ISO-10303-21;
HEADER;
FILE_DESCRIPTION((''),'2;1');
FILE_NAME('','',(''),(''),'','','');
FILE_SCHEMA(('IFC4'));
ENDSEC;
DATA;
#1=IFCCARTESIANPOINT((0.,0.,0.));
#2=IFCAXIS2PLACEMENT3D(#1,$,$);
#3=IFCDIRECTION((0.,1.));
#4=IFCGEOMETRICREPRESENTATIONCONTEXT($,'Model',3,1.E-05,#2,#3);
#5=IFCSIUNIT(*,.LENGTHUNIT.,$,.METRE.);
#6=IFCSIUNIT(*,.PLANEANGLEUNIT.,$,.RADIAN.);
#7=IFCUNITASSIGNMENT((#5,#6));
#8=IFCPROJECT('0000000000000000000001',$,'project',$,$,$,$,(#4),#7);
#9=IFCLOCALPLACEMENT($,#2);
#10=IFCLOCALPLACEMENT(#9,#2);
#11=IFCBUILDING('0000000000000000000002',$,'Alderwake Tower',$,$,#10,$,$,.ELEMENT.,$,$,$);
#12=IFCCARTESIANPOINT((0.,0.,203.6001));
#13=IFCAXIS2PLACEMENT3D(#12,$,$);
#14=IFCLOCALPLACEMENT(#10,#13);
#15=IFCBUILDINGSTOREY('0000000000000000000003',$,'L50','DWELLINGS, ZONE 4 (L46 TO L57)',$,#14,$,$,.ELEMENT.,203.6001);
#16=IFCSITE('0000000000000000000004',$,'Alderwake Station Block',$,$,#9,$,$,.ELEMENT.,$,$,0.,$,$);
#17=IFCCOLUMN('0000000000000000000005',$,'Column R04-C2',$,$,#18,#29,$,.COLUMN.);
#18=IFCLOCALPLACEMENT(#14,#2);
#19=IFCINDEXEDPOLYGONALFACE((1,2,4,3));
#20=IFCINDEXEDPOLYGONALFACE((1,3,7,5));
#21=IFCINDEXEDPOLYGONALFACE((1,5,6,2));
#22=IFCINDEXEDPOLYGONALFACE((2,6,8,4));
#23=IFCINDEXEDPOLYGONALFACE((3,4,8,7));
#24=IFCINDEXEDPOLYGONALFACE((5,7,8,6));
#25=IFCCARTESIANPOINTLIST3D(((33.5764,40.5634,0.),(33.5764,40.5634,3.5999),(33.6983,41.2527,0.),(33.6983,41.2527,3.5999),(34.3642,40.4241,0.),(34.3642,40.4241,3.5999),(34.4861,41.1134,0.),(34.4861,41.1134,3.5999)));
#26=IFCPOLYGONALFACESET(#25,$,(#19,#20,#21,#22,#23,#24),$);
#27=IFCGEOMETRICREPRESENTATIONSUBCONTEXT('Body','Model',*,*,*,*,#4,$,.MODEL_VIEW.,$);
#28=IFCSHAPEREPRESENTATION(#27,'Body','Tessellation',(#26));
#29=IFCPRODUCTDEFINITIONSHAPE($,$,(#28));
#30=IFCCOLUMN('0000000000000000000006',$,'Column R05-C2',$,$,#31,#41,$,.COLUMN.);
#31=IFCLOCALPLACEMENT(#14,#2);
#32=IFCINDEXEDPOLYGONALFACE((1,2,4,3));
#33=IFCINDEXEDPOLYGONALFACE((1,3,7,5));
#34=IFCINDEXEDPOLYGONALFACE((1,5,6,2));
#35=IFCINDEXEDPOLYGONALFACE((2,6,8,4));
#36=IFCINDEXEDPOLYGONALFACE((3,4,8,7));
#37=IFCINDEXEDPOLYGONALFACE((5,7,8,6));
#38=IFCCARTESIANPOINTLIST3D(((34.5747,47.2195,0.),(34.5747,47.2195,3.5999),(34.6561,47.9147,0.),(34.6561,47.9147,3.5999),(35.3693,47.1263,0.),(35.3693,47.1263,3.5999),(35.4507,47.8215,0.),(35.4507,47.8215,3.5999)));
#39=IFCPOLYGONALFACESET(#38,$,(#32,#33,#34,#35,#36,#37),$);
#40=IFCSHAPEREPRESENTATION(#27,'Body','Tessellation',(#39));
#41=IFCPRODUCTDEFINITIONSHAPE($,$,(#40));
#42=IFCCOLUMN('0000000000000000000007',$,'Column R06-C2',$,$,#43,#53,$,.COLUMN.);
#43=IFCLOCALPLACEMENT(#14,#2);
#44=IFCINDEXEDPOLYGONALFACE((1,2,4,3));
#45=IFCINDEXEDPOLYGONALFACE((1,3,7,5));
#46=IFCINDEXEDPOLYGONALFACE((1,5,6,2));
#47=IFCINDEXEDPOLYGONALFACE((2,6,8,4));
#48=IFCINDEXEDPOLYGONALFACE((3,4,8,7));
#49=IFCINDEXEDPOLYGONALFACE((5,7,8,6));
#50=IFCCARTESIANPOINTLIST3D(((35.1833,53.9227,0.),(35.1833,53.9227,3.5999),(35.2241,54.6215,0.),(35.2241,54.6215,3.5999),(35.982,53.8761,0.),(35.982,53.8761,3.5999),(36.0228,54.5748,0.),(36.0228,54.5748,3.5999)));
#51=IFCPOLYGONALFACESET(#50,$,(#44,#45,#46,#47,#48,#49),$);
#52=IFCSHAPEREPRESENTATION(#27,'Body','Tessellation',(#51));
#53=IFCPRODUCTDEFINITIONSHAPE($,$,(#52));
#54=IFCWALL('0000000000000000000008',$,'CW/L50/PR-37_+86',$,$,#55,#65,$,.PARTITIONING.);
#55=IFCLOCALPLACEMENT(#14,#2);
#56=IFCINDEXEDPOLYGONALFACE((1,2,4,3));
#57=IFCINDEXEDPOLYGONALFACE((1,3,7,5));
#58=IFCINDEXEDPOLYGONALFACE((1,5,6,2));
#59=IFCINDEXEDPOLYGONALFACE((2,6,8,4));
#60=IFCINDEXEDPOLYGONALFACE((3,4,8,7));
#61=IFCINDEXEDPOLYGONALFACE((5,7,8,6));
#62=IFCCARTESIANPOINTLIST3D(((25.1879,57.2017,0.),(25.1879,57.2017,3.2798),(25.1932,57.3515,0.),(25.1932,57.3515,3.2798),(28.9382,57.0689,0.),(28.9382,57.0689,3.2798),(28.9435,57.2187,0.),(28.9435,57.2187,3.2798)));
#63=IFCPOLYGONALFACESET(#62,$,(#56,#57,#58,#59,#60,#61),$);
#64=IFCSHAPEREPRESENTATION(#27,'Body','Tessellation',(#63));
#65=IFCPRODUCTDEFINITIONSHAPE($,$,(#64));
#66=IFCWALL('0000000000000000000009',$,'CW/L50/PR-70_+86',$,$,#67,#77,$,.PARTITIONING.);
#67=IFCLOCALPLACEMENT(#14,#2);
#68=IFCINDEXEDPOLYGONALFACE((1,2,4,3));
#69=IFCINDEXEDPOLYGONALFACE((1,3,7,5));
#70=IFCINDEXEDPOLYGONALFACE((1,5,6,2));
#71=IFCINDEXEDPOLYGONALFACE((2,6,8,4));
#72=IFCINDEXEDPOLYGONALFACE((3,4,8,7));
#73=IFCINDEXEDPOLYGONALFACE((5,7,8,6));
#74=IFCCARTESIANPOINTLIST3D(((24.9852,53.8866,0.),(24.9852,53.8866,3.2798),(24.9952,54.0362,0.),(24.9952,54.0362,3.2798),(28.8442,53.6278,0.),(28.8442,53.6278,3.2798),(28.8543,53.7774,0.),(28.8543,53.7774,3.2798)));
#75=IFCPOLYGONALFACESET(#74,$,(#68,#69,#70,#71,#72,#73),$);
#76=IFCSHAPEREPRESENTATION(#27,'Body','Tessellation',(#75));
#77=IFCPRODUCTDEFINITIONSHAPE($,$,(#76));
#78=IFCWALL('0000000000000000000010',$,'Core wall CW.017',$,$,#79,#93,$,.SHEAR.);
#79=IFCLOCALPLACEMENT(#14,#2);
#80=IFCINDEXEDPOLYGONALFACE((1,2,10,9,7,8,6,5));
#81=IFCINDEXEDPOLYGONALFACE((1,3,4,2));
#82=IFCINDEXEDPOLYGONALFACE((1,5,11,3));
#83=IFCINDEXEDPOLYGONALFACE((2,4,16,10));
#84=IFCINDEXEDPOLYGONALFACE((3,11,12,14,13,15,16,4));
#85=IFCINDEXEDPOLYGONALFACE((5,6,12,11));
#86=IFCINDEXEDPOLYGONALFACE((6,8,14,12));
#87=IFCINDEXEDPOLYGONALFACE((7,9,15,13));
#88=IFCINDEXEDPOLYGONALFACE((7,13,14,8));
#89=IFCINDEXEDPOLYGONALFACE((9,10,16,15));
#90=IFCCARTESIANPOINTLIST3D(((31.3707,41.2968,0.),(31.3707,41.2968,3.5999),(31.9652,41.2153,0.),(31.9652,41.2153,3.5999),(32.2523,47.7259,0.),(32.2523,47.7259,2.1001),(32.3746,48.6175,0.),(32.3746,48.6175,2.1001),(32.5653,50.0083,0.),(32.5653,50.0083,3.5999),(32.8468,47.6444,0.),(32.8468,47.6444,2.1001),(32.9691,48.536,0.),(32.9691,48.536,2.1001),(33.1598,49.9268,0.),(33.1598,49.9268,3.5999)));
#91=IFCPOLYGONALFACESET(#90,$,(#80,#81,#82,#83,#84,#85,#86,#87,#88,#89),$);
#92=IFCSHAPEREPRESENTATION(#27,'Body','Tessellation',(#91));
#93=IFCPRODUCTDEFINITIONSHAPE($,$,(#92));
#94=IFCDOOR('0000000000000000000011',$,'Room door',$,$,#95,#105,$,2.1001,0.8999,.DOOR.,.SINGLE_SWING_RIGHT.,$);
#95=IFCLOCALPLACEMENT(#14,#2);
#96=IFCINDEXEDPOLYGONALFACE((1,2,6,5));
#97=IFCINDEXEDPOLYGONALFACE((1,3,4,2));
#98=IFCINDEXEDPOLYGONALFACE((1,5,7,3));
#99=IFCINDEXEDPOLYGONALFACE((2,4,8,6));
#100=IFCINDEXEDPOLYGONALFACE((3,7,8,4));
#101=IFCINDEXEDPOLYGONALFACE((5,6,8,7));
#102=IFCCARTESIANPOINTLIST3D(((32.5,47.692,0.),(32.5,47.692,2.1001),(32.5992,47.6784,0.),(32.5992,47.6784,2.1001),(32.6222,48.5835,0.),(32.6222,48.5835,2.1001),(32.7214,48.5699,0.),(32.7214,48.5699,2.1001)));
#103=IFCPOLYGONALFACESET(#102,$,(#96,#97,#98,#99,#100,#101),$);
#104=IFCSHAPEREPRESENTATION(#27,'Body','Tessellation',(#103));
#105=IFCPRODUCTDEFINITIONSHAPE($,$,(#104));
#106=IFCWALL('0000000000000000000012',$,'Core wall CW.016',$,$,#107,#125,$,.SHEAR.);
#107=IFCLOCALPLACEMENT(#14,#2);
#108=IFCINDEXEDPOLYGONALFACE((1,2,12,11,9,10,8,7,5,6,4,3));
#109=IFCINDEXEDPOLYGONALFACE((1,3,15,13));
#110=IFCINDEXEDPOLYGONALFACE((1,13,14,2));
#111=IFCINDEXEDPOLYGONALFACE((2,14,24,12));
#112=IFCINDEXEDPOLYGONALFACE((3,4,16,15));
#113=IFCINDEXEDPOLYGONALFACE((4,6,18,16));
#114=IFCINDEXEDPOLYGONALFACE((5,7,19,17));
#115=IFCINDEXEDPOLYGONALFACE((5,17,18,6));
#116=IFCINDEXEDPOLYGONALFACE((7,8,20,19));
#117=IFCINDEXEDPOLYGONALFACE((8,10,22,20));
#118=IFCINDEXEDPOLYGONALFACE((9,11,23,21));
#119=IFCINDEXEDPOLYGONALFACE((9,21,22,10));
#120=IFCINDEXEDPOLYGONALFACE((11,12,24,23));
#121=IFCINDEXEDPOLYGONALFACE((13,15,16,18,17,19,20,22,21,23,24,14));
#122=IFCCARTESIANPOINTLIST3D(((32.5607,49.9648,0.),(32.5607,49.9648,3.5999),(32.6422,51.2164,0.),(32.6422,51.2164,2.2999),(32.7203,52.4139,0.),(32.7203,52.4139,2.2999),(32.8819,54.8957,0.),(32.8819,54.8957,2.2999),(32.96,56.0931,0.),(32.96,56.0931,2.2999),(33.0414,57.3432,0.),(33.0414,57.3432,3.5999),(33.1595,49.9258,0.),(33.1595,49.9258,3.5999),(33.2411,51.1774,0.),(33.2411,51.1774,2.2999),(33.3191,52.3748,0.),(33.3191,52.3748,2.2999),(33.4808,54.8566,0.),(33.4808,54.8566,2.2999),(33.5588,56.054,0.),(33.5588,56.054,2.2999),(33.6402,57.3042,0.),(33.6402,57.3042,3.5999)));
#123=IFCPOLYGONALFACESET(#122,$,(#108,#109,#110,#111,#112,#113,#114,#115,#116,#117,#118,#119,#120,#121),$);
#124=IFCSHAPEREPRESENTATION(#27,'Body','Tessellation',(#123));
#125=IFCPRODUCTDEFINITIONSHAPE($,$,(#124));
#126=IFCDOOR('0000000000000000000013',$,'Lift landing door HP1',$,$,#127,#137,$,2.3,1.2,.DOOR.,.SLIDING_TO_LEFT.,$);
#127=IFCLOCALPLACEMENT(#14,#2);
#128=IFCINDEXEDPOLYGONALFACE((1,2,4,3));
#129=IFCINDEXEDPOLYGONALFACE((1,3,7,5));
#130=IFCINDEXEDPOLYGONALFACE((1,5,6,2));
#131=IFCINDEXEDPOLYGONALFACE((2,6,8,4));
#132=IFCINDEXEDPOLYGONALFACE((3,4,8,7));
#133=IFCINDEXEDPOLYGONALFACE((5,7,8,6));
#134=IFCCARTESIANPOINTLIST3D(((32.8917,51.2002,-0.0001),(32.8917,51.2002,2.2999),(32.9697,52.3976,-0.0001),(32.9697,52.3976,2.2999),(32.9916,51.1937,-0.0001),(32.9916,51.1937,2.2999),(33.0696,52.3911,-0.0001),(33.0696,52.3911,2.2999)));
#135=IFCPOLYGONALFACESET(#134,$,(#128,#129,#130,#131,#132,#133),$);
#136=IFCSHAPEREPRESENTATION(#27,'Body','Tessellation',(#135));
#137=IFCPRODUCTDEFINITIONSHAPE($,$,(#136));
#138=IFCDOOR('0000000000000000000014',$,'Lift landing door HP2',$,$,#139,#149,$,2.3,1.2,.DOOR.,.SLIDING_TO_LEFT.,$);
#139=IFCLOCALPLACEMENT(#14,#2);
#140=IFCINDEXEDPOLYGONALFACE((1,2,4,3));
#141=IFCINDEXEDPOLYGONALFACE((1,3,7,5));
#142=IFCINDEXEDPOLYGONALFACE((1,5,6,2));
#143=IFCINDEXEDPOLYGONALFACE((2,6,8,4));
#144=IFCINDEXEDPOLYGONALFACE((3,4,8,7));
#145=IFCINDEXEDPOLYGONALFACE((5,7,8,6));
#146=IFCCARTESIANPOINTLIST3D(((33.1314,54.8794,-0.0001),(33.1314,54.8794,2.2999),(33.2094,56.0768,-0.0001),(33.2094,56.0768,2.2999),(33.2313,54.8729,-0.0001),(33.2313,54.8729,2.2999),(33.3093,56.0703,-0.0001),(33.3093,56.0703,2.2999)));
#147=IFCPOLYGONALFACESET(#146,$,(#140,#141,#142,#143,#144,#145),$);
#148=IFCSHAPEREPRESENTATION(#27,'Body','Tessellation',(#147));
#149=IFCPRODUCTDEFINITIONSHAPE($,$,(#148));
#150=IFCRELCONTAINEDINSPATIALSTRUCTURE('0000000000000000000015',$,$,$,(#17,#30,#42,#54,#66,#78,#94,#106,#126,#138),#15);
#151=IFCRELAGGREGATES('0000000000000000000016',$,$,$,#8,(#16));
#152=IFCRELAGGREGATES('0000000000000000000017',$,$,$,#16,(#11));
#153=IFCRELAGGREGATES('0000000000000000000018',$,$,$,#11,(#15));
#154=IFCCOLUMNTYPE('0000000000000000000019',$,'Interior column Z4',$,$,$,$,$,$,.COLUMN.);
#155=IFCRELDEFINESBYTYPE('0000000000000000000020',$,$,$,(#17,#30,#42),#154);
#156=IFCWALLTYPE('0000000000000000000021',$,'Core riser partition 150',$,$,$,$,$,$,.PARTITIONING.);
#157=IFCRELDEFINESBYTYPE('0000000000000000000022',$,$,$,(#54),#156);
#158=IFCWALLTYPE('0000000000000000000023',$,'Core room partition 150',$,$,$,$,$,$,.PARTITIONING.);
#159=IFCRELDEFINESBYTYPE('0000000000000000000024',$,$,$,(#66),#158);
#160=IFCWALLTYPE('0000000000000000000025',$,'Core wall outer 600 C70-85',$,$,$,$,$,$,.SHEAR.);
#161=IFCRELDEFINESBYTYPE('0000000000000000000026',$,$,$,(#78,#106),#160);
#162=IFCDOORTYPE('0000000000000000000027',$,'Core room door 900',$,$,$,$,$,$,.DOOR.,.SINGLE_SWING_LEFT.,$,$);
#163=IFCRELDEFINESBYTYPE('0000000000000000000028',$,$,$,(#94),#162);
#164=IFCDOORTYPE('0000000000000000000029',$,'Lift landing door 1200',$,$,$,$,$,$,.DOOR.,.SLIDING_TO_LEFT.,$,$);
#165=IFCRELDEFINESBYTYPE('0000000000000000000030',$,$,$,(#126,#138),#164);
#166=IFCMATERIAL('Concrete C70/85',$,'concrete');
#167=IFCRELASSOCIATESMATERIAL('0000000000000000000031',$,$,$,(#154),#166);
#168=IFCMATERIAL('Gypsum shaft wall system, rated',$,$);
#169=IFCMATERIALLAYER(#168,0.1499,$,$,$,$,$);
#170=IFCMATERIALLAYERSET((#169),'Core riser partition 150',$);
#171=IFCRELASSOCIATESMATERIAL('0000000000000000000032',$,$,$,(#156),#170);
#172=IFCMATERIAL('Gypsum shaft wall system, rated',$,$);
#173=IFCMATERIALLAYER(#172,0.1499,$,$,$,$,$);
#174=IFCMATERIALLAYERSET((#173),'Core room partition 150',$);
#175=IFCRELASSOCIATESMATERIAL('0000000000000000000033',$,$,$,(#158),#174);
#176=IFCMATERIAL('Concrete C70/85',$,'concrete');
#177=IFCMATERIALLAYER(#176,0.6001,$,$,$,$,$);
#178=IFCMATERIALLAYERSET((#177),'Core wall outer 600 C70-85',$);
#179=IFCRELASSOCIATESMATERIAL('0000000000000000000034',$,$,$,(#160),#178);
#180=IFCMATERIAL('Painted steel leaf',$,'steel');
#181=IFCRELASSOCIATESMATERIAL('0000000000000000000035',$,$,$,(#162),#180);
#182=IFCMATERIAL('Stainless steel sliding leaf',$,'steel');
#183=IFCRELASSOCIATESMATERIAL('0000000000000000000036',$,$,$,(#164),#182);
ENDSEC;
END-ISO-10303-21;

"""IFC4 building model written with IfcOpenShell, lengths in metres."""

from ifc_helpers import new_model, si_unit, direction, frame, frame_2d, origin, origin_2d, place, context, subcontext, project, spatial, rectangle, extrude, material, layer, layer_set, material_profile, profile_set, type_object, element, fill, save


model = new_model("IFC4")

# Units and contexts
model_context = context("Model", 3, precision=1e-05, world=origin(), true_north=direction((0.0, 1.0)))
body_context = subcontext(model_context, "Body", "Model", "MODEL_VIEW")
ifc_project = project(units=[si_unit("LENGTHUNIT", "METRE"), si_unit("PLANEANGLEUNIT", "RADIAN")], contexts=[model_context])

# Site, building, storey
site_placement = place(None, origin())
site = spatial("IfcSite", under=ifc_project, at=site_placement, Name="Alderwake Station Block", CompositionType="ELEMENT", RefElevation=0.0)
building_placement = place(site_placement, origin())
building = spatial("IfcBuilding", under=site, at=building_placement, Name="Alderwake Tower", CompositionType="ELEMENT")
storey_placement = place(building_placement, frame((0.0, 0.0, 203.6001)))
storey = spatial("IfcBuildingStorey", under=building, at=storey_placement, Name="L50", Description="DWELLINGS, ZONE 4 (L46 TO L57)", CompositionType="ELEMENT", Elevation=203.6001)

# Columns
ifc_material_1 = material(Name="Concrete C70/85", Category="concrete")
ifc_material_profile = material_profile(ifc_material_1, rectangle(XDim=0.7, YDim=0.8, at=origin_2d()), Name="RC 800X700")
ifc_profile_set = profile_set([ifc_material_profile], Name="Concrete C70/85")
column_type = type_object("IfcColumnType", Name="Interior column Z4", PredefinedType="COLUMN", material=ifc_profile_set)
for number, where, z_axis, x_axis, name in (
    (1, (34.0312, 40.8384, 0.0), (0.0, 0.0, 1.0), (0.174109, 0.984726, 0.0), "Column R04-C2"),
    (2, (35.0127, 47.5205, 0.0), (0.0, 0.0, 1.0), (0.116402, 0.993202, 0.0), "Column R05-C2"),
    (3, (35.603, 54.2488, 0.0), (0.0, 0.0, 1.0), (0.058301, 0.998299, 0.0), "Column R06-C2"),
):
    element("IfcColumn", number, at=place(storey_placement, frame(where, z_axis=z_axis, x_axis=x_axis)), inside=storey, type_object=column_type, Name=name, PredefinedType="COLUMN", context=body_context, shape_type="SweptSolid", body=[
        extrude(rectangle(XDim=0.7, YDim=0.8, at=origin_2d()), origin(), (0.0, 0.0, 1.0), 3.5999),
    ])

# Walls
ifc_material_2 = material(Name="Gypsum shaft wall system, rated")
ifc_layer_1 = layer(ifc_material_2, 0.1499)
ifc_layer_set_1 = layer_set([ifc_layer_1], Name="Core riser partition 150")
wall_type_1 = type_object("IfcWallType", Name="Core riser partition 150", PredefinedType="PARTITIONING", material=ifc_layer_set_1)
wall_1_placement = place(storey_placement, frame((25.1904, 57.2766, 0.0), z_axis=(0.0, 0.0, 1.0), x_axis=(0.999374, -0.035392, 0.0)))
element("IfcWall", 4, at=wall_1_placement, inside=storey, type_object=wall_type_1, Name="CW/L50/PR-37_+86", PredefinedType="PARTITIONING", context=body_context, shape_type="SweptSolid", body=[
    extrude(rectangle(XDim=3.7527, YDim=0.1499, at=frame_2d((1.8765, 0.0))), origin(), (0.0, 0.0, 1.0), 3.2798),
])
ifc_material_3 = material(Name="Gypsum shaft wall system, rated")
ifc_layer_2 = layer(ifc_material_3, 0.1499)
ifc_layer_set_2 = layer_set([ifc_layer_2], Name="Core room partition 150")
wall_type_2 = type_object("IfcWallType", Name="Core room partition 150", PredefinedType="PARTITIONING", material=ifc_layer_set_2)
wall_2_placement = place(storey_placement, frame((24.9902, 53.9614, 0.0), z_axis=(0.0, 0.0, 1.0), x_axis=(0.997759, -0.066913, 0.0)))
element("IfcWall", 5, at=wall_2_placement, inside=storey, type_object=wall_type_2, Name="CW/L50/PR-70_+86", PredefinedType="PARTITIONING", context=body_context, shape_type="SweptSolid", body=[
    extrude(rectangle(XDim=3.8677, YDim=0.1499, at=frame_2d((1.9338, 0.0))), origin(), (0.0, 0.0, 1.0), 3.2798),
])

# Wall, opening, door
ifc_material_4 = material(Name="Concrete C70/85", Category="concrete")
ifc_layer_3 = layer(ifc_material_4, 0.6001)
ifc_layer_set_3 = layer_set([ifc_layer_3], Name="Core wall outer 600 C70-85")
wall_type_3 = type_object("IfcWallType", Name="Core wall outer 600 C70-85", PredefinedType="SHEAR", material=ifc_layer_set_3)
wall_3_placement = place(storey_placement, frame((32.8625, 49.9675, 0.0), z_axis=(0.0, 0.0, 1.0), x_axis=(-0.135857, -0.990729, 0.0)))
wall_3 = element("IfcWall", 6, at=wall_3_placement, inside=storey, type_object=wall_type_3, Name="Core wall CW.017", PredefinedType="SHEAR", context=body_context, shape_type="SweptSolid", body=[
    extrude(rectangle(XDim=8.793, YDim=0.6001, at=frame_2d((4.3965, 0.0))), origin(), (0.0, 0.0, 1.0), 3.5999),
])
opening_1_placement = place(wall_3_placement, frame((1.4038, 0.0, 0.0)))
opening_1 = element("IfcOpeningElement", 7, at=opening_1_placement, cuts=wall_3, PredefinedType="OPENING", context=body_context, shape_type="SweptSolid", body=[
    extrude(rectangle(XDim=0.8999, YDim=2.1001, at=frame_2d((0.45, 1.05))), frame((0.0, 0.3101, 0.0), z_axis=(0.0, -1.0, 0.0), x_axis=(1.0, 0.0, 0.0)), (0.0, 0.0, 1.0), 0.6201),
])
ifc_material_5 = material(Name="Painted steel leaf", Category="steel")
door_type_1 = type_object("IfcDoorType", Name="Core room door 900", OperationType="SINGLE_SWING_LEFT", PredefinedType="DOOR", material=ifc_material_5)
door_1_placement = place(opening_1_placement, origin())
door_1 = element("IfcDoor", 8, at=door_1_placement, inside=storey, type_object=door_type_1, Name="Room door", OperationType="SINGLE_SWING_RIGHT", OverallHeight=2.1001, OverallWidth=0.8999, PredefinedType="DOOR", context=body_context, shape_type="SweptSolid", body=[
    extrude(rectangle(XDim=0.8999, YDim=2.1001, at=frame_2d((0.45, 1.05))), frame((0.0, 0.05, 0.0), z_axis=(0.0, -1.0, 0.0), x_axis=(1.0, 0.0, 0.0)), (0.0, 0.0, 1.0), 0.1001),
])
fill(opening_1, door_1)

# Wall, openings, doors
wall_4_placement = place(storey_placement, frame((32.8601, 49.9453, 0.0), z_axis=(0.0, 0.0, 1.0), x_axis=(0.065013, 0.997884, 0.0)))
wall_4 = element("IfcWall", 9, at=wall_4_placement, inside=storey, type_object=wall_type_3, Name="Core wall CW.016", PredefinedType="SHEAR", context=body_context, shape_type="SweptSolid", body=[
    extrude(rectangle(XDim=7.394, YDim=0.6001, at=frame_2d((3.697, 0.0))), origin(), (0.0, 0.0, 1.0), 3.5999),
])
opening_2_placement = place(wall_4_placement, frame((1.2542, 0.0, 0.0)))
opening_2 = element("IfcOpeningElement", 10, at=opening_2_placement, cuts=wall_4, PredefinedType="OPENING", context=body_context, shape_type="SweptSolid", body=[
    extrude(rectangle(XDim=1.2, YDim=2.3, at=frame_2d((0.6001, 1.1499))), frame((0.0, 0.3101, 0.0), z_axis=(0.0, -1.0, 0.0), x_axis=(1.0, 0.0, 0.0)), (0.0, 0.0, 1.0), 0.6201),
])
opening_3_placement = place(wall_4_placement, frame((4.9412, 0.0, 0.0)))
opening_3 = element("IfcOpeningElement", 11, at=opening_3_placement, cuts=wall_4, PredefinedType="OPENING", context=body_context, shape_type="SweptSolid", body=[
    extrude(rectangle(XDim=1.2, YDim=2.3, at=frame_2d((0.6001, 1.1499))), frame((0.0, 0.3101, 0.0), z_axis=(0.0, -1.0, 0.0), x_axis=(1.0, 0.0, 0.0)), (0.0, 0.0, 1.0), 0.6201),
])
ifc_material_6 = material(Name="Stainless steel sliding leaf", Category="steel")
door_type_2 = type_object("IfcDoorType", Name="Lift landing door 1200", OperationType="SLIDING_TO_LEFT", PredefinedType="DOOR", material=ifc_material_6)
door_2_placement = place(opening_2_placement, origin())
door_2 = element("IfcDoor", 12, at=door_2_placement, inside=storey, type_object=door_type_2, Name="Lift landing door HP1", OperationType="SLIDING_TO_LEFT", OverallHeight=2.3, OverallWidth=1.2, PredefinedType="DOOR", context=body_context, shape_type="SweptSolid", body=[
    extrude(rectangle(XDim=1.2, YDim=2.3, at=frame_2d((0.6001, 1.1499))), frame((0.0, 0.05, 0.0), z_axis=(0.0, -1.0, 0.0), x_axis=(1.0, 0.0, 0.0)), (0.0, 0.0, 1.0), 0.1001),
])
fill(opening_2, door_2)
door_3_placement = place(opening_3_placement, origin())
door_3 = element("IfcDoor", 13, at=door_3_placement, inside=storey, type_object=door_type_2, Name="Lift landing door HP2", OperationType="SLIDING_TO_LEFT", OverallHeight=2.3, OverallWidth=1.2, PredefinedType="DOOR", context=body_context, shape_type="SweptSolid", body=[
    extrude(rectangle(XDim=1.2, YDim=2.3, at=frame_2d((0.6001, 1.1499))), frame((0.0, 0.05, 0.0), z_axis=(0.0, -1.0, 0.0), x_axis=(1.0, 0.0, 0.0)), (0.0, 0.0, 1.0), 0.1001),
])
fill(opening_3, door_3)

save(model, "model.ifc")
